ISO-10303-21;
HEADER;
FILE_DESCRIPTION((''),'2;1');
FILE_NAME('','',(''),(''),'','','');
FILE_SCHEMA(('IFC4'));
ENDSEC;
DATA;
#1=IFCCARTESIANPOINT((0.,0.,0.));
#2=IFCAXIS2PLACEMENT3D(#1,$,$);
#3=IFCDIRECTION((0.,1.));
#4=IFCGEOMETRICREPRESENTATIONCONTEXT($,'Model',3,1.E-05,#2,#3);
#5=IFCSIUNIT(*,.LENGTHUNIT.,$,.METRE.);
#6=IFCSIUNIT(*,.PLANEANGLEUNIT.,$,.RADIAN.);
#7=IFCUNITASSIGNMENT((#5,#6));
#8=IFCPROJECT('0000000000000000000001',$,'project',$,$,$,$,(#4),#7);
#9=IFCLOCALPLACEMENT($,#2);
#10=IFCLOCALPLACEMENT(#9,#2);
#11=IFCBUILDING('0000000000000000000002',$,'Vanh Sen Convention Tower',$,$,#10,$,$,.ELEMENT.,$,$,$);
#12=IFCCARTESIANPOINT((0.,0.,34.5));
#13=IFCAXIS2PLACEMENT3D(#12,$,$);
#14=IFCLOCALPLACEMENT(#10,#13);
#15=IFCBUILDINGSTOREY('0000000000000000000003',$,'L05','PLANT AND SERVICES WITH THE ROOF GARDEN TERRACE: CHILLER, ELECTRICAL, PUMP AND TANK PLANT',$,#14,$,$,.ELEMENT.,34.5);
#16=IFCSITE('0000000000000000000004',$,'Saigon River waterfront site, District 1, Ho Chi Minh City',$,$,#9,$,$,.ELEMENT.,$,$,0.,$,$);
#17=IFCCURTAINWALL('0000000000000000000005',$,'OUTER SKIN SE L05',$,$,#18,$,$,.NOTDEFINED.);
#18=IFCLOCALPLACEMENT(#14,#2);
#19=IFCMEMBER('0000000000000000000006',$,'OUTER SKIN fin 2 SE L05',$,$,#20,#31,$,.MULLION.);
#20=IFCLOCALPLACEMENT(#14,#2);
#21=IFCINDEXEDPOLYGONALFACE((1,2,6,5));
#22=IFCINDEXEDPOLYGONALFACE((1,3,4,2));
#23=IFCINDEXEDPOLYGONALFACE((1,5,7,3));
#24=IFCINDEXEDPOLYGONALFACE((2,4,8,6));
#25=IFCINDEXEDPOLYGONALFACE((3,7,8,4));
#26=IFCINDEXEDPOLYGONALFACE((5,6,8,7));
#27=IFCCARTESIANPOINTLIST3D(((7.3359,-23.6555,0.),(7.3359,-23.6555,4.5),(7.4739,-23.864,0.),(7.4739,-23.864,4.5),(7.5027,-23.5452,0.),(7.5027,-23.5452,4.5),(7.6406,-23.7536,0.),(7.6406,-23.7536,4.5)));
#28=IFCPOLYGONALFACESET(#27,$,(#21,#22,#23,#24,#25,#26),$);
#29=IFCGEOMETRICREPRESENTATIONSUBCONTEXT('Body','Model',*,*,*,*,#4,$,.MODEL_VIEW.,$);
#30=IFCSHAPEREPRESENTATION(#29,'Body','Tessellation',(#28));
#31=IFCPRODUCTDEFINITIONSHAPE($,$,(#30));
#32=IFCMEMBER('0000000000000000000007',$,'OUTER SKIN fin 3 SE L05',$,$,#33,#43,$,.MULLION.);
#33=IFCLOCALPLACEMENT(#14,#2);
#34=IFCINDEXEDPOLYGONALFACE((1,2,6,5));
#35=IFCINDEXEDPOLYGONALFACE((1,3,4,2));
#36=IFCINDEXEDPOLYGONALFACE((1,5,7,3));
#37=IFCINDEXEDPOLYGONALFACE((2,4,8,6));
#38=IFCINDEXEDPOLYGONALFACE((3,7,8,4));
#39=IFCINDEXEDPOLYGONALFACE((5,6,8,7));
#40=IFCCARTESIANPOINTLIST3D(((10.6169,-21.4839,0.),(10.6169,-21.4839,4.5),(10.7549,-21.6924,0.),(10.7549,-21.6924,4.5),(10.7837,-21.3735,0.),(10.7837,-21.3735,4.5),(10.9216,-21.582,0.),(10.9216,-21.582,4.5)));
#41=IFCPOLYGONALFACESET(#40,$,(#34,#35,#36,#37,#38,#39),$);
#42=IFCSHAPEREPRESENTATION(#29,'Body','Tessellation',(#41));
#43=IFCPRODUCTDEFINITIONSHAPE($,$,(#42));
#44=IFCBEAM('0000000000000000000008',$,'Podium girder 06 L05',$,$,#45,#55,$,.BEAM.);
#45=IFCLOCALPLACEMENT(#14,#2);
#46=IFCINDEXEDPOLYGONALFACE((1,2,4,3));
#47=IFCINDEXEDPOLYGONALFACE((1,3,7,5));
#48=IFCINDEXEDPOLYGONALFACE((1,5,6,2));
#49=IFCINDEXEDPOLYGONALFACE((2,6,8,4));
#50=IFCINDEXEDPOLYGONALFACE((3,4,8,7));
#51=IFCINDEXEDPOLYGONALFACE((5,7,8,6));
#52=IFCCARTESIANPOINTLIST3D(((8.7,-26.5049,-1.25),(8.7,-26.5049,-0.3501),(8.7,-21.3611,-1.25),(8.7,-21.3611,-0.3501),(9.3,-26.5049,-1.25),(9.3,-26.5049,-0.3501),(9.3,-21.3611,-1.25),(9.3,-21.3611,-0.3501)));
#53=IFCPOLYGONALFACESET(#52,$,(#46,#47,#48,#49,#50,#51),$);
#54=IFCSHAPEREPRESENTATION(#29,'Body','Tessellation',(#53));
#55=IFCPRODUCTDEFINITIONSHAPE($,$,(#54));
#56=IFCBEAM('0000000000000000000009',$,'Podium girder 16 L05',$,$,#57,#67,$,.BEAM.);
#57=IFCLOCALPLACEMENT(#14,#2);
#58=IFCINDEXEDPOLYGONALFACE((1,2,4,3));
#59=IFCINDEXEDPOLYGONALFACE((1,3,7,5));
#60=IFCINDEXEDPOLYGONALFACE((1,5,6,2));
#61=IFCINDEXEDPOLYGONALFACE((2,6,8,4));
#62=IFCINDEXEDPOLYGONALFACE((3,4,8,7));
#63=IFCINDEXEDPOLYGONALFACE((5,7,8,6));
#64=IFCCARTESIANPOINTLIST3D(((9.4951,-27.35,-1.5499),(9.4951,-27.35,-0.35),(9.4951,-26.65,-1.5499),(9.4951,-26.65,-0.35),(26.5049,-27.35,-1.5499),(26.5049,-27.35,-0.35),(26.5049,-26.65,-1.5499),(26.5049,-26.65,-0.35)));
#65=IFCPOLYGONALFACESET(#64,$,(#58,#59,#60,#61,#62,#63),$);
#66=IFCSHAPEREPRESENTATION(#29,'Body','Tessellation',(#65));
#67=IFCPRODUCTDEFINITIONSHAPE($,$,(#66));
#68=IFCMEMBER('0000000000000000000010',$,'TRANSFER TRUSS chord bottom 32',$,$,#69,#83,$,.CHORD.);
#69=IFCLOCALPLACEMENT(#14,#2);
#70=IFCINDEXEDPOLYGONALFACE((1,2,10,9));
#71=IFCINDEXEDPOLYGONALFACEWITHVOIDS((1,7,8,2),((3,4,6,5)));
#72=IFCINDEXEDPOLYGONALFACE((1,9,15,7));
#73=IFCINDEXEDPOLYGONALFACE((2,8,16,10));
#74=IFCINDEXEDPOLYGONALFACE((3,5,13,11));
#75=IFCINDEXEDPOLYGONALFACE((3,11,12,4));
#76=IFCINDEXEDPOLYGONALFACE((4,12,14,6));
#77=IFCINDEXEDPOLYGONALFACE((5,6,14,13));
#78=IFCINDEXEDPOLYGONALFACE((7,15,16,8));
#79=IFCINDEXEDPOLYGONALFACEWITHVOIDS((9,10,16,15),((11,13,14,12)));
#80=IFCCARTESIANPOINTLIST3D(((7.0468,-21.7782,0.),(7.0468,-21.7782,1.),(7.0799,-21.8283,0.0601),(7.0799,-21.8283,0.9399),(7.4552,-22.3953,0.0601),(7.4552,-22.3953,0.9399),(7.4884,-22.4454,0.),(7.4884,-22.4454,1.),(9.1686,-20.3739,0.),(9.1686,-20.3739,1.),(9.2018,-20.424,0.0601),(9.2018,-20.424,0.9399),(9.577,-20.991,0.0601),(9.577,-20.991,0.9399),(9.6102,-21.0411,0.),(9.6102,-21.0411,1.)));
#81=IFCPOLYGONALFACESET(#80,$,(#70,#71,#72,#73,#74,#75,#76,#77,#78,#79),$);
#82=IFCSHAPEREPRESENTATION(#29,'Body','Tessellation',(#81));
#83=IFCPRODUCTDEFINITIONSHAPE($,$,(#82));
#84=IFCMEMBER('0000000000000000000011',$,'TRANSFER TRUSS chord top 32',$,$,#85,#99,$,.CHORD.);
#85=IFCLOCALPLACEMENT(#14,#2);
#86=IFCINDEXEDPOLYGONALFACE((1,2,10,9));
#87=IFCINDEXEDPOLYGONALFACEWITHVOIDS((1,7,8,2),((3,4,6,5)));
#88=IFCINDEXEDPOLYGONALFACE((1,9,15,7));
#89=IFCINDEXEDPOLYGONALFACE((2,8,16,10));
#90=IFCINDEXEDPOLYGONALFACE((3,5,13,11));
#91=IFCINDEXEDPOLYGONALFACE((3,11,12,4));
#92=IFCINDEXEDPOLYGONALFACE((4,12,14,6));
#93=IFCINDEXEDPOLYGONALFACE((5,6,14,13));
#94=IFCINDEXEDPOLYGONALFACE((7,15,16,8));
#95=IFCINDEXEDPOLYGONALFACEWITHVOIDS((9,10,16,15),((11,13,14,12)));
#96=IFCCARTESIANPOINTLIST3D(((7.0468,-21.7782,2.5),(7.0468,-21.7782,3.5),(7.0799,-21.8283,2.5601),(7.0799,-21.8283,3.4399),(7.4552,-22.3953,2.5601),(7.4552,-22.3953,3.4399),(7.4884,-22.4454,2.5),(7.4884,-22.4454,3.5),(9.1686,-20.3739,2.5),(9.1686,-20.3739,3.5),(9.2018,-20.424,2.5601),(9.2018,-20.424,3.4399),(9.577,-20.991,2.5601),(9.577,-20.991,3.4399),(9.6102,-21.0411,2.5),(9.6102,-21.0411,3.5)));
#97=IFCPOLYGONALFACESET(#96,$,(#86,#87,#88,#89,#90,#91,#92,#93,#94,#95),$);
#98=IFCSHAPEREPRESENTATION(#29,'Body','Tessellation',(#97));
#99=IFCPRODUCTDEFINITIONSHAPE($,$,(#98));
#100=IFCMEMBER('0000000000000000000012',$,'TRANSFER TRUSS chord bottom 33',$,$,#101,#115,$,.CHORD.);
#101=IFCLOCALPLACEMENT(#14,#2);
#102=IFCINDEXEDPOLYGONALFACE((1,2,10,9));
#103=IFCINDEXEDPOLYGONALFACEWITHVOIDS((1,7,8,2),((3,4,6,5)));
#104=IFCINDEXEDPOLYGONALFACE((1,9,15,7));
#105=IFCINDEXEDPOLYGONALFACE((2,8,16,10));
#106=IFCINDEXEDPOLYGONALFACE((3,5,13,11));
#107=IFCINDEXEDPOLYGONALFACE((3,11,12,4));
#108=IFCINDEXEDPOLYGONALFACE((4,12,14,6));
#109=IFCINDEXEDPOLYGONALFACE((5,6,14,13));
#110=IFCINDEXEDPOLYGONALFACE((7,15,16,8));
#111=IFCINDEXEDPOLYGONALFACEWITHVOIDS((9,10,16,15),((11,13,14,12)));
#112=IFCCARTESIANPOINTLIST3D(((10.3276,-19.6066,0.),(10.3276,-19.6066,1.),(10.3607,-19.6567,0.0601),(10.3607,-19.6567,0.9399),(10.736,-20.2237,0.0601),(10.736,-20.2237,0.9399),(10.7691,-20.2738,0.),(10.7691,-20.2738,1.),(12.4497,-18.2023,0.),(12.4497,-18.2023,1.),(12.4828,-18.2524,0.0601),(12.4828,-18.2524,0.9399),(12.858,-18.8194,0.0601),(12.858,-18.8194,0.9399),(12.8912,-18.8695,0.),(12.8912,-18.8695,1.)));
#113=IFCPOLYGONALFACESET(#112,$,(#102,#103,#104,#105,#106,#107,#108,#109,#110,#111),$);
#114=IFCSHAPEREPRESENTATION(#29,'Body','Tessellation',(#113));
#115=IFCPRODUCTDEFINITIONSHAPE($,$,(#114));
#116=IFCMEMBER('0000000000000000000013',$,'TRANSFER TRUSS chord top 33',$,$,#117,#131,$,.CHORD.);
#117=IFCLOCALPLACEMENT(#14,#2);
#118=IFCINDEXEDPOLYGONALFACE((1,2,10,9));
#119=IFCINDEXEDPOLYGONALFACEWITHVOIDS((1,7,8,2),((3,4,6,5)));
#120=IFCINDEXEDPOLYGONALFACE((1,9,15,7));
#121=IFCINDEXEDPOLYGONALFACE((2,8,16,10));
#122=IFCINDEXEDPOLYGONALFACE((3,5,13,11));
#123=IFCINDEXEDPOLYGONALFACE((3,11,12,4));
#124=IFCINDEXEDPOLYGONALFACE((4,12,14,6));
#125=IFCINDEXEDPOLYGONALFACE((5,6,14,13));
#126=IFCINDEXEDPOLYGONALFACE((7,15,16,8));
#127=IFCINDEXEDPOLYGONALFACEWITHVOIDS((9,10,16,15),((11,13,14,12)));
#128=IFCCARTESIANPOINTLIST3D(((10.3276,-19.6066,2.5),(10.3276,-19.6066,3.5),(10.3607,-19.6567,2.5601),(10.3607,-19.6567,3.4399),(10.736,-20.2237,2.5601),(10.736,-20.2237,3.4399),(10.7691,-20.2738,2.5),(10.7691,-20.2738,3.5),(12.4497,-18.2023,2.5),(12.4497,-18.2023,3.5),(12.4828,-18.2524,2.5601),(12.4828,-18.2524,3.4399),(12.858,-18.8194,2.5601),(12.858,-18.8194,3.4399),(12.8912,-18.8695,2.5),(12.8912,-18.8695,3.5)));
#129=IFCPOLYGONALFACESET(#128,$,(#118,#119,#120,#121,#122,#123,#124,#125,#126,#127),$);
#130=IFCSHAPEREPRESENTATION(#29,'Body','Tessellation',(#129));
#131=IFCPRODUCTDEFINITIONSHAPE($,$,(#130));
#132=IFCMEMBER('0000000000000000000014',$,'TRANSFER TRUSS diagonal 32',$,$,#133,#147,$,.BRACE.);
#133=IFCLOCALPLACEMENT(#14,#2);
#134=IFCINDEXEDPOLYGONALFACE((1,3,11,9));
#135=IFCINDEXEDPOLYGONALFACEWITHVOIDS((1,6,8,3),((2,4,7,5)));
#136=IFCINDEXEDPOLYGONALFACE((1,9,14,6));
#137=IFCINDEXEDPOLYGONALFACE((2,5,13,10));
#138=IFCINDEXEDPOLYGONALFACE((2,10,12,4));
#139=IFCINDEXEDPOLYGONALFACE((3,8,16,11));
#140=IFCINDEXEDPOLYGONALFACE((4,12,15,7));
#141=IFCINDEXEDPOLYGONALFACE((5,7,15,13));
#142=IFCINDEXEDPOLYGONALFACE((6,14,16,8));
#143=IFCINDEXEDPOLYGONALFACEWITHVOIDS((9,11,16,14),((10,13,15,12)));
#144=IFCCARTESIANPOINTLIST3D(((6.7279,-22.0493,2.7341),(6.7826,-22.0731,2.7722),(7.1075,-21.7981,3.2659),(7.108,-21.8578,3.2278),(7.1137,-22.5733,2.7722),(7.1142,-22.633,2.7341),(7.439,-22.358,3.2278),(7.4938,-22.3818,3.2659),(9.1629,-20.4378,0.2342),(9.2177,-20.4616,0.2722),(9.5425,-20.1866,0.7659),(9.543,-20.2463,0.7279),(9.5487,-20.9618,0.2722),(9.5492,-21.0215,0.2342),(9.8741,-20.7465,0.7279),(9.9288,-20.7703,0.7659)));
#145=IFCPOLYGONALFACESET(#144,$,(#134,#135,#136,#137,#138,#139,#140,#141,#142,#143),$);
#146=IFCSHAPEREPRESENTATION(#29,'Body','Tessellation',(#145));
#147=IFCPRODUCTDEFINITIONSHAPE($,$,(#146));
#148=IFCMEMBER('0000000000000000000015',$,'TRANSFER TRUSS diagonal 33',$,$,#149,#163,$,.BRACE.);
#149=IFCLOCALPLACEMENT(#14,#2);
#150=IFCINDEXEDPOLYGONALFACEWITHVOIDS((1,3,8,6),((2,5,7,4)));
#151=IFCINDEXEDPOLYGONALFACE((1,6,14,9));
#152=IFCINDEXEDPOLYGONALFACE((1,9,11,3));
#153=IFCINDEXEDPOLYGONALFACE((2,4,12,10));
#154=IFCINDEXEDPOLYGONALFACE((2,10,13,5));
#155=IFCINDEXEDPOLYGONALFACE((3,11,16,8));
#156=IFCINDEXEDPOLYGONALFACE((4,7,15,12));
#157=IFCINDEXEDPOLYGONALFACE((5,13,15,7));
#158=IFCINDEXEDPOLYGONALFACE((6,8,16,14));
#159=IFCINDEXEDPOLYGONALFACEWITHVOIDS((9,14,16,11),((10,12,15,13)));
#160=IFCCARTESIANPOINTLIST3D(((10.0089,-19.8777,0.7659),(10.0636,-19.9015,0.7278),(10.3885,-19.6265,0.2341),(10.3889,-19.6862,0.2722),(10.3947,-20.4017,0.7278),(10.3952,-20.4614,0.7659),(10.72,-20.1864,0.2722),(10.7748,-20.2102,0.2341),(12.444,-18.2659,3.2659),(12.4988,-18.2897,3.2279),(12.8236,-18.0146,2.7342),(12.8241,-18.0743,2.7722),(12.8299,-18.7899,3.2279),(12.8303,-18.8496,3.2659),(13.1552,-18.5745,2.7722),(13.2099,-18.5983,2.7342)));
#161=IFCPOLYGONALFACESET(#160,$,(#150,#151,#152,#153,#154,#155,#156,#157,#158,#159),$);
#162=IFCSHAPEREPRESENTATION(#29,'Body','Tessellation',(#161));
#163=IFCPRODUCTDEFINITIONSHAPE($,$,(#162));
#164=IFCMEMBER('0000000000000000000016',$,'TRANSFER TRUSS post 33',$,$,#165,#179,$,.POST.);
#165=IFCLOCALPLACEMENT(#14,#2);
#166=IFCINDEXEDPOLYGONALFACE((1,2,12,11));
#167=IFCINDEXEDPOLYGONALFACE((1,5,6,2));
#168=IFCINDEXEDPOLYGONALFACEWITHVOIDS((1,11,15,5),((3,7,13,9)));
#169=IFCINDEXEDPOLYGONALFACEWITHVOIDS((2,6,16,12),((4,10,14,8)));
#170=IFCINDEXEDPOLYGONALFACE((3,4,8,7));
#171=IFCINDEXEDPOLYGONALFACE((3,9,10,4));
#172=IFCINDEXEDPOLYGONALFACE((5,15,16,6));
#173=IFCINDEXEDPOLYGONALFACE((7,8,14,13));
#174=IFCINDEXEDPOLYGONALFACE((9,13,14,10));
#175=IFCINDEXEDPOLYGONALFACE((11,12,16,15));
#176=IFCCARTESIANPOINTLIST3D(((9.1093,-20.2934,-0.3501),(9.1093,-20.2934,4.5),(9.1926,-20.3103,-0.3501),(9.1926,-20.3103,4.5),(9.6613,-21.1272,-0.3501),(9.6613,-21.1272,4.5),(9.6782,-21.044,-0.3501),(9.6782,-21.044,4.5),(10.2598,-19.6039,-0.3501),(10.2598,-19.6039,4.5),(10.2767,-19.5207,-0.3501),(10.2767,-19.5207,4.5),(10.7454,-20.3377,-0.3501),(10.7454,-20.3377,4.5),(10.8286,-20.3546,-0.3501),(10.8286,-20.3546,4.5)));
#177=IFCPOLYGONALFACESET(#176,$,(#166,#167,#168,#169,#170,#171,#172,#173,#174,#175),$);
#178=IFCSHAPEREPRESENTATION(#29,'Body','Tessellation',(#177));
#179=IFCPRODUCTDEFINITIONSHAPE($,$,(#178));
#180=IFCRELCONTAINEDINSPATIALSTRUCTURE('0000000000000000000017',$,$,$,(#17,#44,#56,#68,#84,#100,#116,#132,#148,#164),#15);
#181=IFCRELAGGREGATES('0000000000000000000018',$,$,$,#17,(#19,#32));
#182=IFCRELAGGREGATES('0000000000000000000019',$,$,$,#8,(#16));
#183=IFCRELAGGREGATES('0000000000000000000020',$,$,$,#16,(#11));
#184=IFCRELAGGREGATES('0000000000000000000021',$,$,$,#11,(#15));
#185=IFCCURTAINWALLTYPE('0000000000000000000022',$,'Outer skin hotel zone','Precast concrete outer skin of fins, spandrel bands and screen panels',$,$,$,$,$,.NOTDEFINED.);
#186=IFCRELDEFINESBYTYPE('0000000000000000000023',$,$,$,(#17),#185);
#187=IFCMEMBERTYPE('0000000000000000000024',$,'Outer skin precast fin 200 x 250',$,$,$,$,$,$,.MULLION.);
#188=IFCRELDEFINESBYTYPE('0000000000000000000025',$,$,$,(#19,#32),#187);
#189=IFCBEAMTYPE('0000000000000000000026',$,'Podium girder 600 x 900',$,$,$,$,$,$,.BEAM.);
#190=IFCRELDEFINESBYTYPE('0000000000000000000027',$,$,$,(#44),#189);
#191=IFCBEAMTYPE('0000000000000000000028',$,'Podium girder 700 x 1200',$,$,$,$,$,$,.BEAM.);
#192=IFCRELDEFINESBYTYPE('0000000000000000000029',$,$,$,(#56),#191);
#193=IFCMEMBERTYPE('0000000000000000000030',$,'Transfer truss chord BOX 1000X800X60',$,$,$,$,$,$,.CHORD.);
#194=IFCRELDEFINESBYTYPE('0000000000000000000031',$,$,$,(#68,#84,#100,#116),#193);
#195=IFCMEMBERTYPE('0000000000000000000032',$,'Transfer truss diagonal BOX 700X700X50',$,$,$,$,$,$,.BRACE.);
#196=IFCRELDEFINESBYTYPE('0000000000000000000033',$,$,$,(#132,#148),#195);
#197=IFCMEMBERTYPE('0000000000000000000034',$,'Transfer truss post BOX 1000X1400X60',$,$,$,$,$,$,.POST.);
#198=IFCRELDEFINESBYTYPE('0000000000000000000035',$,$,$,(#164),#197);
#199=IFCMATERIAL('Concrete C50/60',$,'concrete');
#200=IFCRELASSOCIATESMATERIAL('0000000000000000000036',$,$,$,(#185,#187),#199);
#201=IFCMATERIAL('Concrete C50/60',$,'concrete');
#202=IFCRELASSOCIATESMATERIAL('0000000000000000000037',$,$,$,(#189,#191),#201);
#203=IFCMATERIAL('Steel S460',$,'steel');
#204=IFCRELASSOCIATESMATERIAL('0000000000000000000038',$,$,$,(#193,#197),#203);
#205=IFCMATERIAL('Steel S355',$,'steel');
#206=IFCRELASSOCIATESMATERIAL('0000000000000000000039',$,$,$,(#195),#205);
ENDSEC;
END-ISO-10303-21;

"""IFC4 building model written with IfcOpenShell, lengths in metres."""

from ifc_helpers import new_model, si_unit, direction, frame, origin, origin_2d, place, context, subcontext, project, spatial, rectangle, hollow_rectangle, extrude, material, material_profile, profile_set, type_object, element, aggregate, save


model = new_model("IFC4")

# Units and contexts
model_context = context("Model", 3, precision=1e-05, world=origin(), true_north=direction((0.0, 1.0)))
body_context = subcontext(model_context, "Body", "Model", "MODEL_VIEW")
ifc_project = project(units=[si_unit("LENGTHUNIT", "METRE"), si_unit("PLANEANGLEUNIT", "RADIAN")], contexts=[model_context])

# Site, building, storey
site_placement = place(None, origin())
site = spatial("IfcSite", under=ifc_project, at=site_placement, Name="Saigon River waterfront site, District 1, Ho Chi Minh City", CompositionType="ELEMENT", RefElevation=0.0)
building_placement = place(site_placement, origin())
building = spatial("IfcBuilding", under=site, at=building_placement, Name="Vanh Sen Convention Tower", CompositionType="ELEMENT")
storey_placement = place(building_placement, frame((0.0, 0.0, 34.5)))
storey = spatial("IfcBuildingStorey", under=building, at=storey_placement, Name="L05", Description="PLANT AND SERVICES WITH THE ROOF GARDEN TERRACE: CHILLER, ELECTRICAL, PUMP AND TANK PLANT", CompositionType="ELEMENT", Elevation=34.5)

# Curtain wall, members
ifc_material_1 = material(Name="Concrete C50/60", Category="concrete")
curtain_wall_type = type_object("IfcCurtainWallType", Name="Outer skin hotel zone", Description="Precast concrete outer skin of fins, spandrel bands and screen panels", PredefinedType="NOTDEFINED", material=ifc_material_1)
curtain_wall_placement = place(storey_placement, origin())
curtain_wall = element("IfcCurtainWall", 1, at=curtain_wall_placement, inside=storey, type_object=curtain_wall_type, Name="OUTER SKIN SE L05", PredefinedType="NOTDEFINED")
ifc_material_profile_1 = material_profile(ifc_material_1, rectangle(XDim=0.2, YDim=0.25, at=origin_2d()), Name="Outer skin precast fin 200 x 250")
ifc_profile_set_1 = profile_set([ifc_material_profile_1], Name="Concrete C50/60")
member_type_1 = type_object("IfcMemberType", Name="Outer skin precast fin 200 x 250", PredefinedType="MULLION", material=ifc_profile_set_1)
member_1_placement = place(storey_placement, frame((7.4883, -23.7046, 0.0), z_axis=(0.0, 0.0, 1.0), x_axis=(0.833886, 0.551937, 0.0)))
member_1 = element("IfcMember", 2, at=member_1_placement, type_object=member_type_1, Name="OUTER SKIN fin 2 SE L05", PredefinedType="MULLION", context=body_context, shape_type="SweptSolid", body=[
    extrude(rectangle(XDim=0.2, YDim=0.25, at=origin_2d()), origin(), (0.0, 0.0, 1.0), 4.5),
])
member_2_placement = place(storey_placement, frame((10.7693, -21.533, 0.0), z_axis=(0.0, 0.0, 1.0), x_axis=(0.833886, 0.551937, 0.0)))
member_2 = element("IfcMember", 3, at=member_2_placement, type_object=member_type_1, Name="OUTER SKIN fin 3 SE L05", PredefinedType="MULLION", context=body_context, shape_type="SweptSolid", body=[
    extrude(rectangle(XDim=0.2, YDim=0.25, at=origin_2d()), origin(), (0.0, 0.0, 1.0), 4.5),
])

# Beams
ifc_material_2 = material(Name="Concrete C50/60", Category="concrete")
ifc_material_profile_2 = material_profile(ifc_material_2, rectangle(XDim=0.6001, YDim=0.8999, at=origin_2d()), Name="RC 600X900")
ifc_profile_set_2 = profile_set([ifc_material_profile_2], Name="Concrete C50/60")
beam_type_1 = type_object("IfcBeamType", Name="Podium girder 600 x 900", PredefinedType="BEAM", material=ifc_profile_set_2)
beam_1_placement = place(storey_placement, frame((9.0, -26.5049, -0.8), z_axis=(0.0, 1.0, 0.0), x_axis=(-1.0, 0.0, 0.0)))
element("IfcBeam", 4, at=beam_1_placement, inside=storey, type_object=beam_type_1, Name="Podium girder 06 L05", PredefinedType="BEAM", context=body_context, shape_type="SweptSolid", body=[
    extrude(rectangle(XDim=0.6001, YDim=0.8999, at=origin_2d()), origin(), (0.0, 0.0, 1.0), 5.1438),
])
ifc_material_profile_3 = material_profile(ifc_material_2, rectangle(XDim=0.7, YDim=1.2, at=origin_2d()), Name="RC 700X1200")
ifc_profile_set_3 = profile_set([ifc_material_profile_3], Name="Concrete C50/60")
beam_type_2 = type_object("IfcBeamType", Name="Podium girder 700 x 1200", PredefinedType="BEAM", material=ifc_profile_set_3)
beam_2_placement = place(storey_placement, frame((9.4951, -27.0, -0.95), z_axis=(1.0, 0.0, 0.0), x_axis=(0.0, 1.0, 0.0)))
element("IfcBeam", 5, at=beam_2_placement, inside=storey, type_object=beam_type_2, Name="Podium girder 16 L05", PredefinedType="BEAM", context=body_context, shape_type="SweptSolid", body=[
    extrude(rectangle(XDim=0.7, YDim=1.2, at=origin_2d()), origin(), (0.0, 0.0, 1.0), 17.0098),
])

# Members
ifc_material_3 = material(Name="Steel S460", Category="steel")
ifc_material_profile_4 = material_profile(ifc_material_3, hollow_rectangle(XDim=0.8, YDim=1.0, WallThickness=0.0601, at=origin_2d()), Name="BOX 1000X800X60")
ifc_profile_set_4 = profile_set([ifc_material_profile_4], Name="Steel S460")
member_type_2 = type_object("IfcMemberType", Name="Transfer truss chord BOX 1000X800X60", PredefinedType="CHORD", material=ifc_profile_set_4)
for number, where, z_axis, x_axis, name in (
    (6, (7.2676, -22.1118, 0.5), (0.833906, 0.551907, 0.0), (-0.551907, 0.833906, 0.0), "TRANSFER TRUSS chord bottom 32"),
    (7, (7.2676, -22.1118, 3.0), (0.833906, 0.551907, 0.0), (-0.551907, 0.833906, 0.0), "TRANSFER TRUSS chord top 32"),
):
    element("IfcMember", number, at=place(storey_placement, frame(where, z_axis=z_axis, x_axis=x_axis)), inside=storey, type_object=member_type_2, Name=name, PredefinedType="CHORD", context=body_context, shape_type="SweptSolid", body=[
        extrude(hollow_rectangle(XDim=0.8, YDim=1.0, WallThickness=0.0601, at=origin_2d()), origin(), (0.0, 0.0, 1.0), 2.5444),
    ])
for number, where, z_axis, x_axis, name in (
    (8, (10.5483, -19.9402, 0.5), (0.833935, 0.551863, 0.0), (-0.551863, 0.833935, 0.0), "TRANSFER TRUSS chord bottom 33"),
    (9, (10.5483, -19.9402, 3.0), (0.833935, 0.551863, 0.0), (-0.551863, 0.833935, 0.0), "TRANSFER TRUSS chord top 33"),
):
    element("IfcMember", number, at=place(storey_placement, frame(where, z_axis=z_axis, x_axis=x_axis)), inside=storey, type_object=member_type_2, Name=name, PredefinedType="CHORD", context=body_context, shape_type="SweptSolid", body=[
        extrude(hollow_rectangle(XDim=0.8, YDim=1.0, WallThickness=0.0601, at=origin_2d()), origin(), (0.0, 0.0, 1.0), 2.5447),
    ])
ifc_material_4 = material(Name="Steel S355", Category="steel")
ifc_material_profile_5 = material_profile(ifc_material_4, hollow_rectangle(XDim=0.7, YDim=0.7, WallThickness=0.05, at=origin_2d()), Name="BOX 700X700X50")
ifc_profile_set_5 = profile_set([ifc_material_profile_5], Name="Steel S355")
member_type_3 = type_object("IfcMemberType", Name="Transfer truss diagonal BOX 700X700X50", PredefinedType="BRACE", material=ifc_profile_set_5)
member_3_placement = place(storey_placement, frame((7.1108, -22.2156, 3.0), z_axis=(0.633463, 0.419239, -0.650357), x_axis=(-0.551899, 0.833911, 0.0)))
element("IfcMember", 10, at=member_3_placement, inside=storey, type_object=member_type_3, Name="TRANSFER TRUSS diagonal 32", PredefinedType="BRACE", context=body_context, shape_type="SweptSolid", body=[
    extrude(hollow_rectangle(XDim=0.7, YDim=0.7, WallThickness=0.05, at=origin_2d()), origin(), (0.0, 0.0, 1.0), 3.844),
])
member_4_placement = place(storey_placement, frame((10.3918, -20.0439, 0.5), z_axis=(0.633446, 0.419291, 0.650339), x_axis=(-0.551958, 0.833872, 0.0)))
element("IfcMember", 11, at=member_4_placement, inside=storey, type_object=member_type_3, Name="TRANSFER TRUSS diagonal 33", PredefinedType="BRACE", context=body_context, shape_type="SweptSolid", body=[
    extrude(hollow_rectangle(XDim=0.7, YDim=0.7, WallThickness=0.05, at=origin_2d()), origin(), (0.0, 0.0, 1.0), 3.8442),
])
ifc_material_profile_6 = material_profile(ifc_material_3, hollow_rectangle(XDim=1.3999, YDim=1.0, WallThickness=0.0601, at=origin_2d()), Name="BOX 1000X1400X60")
ifc_profile_set_6 = profile_set([ifc_material_profile_6], Name="Steel S460")
member_type_4 = type_object("IfcMemberType", Name="Transfer truss post BOX 1000X1400X60", PredefinedType="POST", material=ifc_profile_set_6)
member_5_placement = place(storey_placement, frame((9.969, -20.324, -0.3501), z_axis=(0.0, 0.0, 1.0), x_axis=(0.833886, 0.551937, 0.0)))
element("IfcMember", 12, at=member_5_placement, inside=storey, type_object=member_type_4, Name="TRANSFER TRUSS post 33", PredefinedType="POST", context=body_context, shape_type="SweptSolid", body=[
    extrude(hollow_rectangle(XDim=1.3999, YDim=1.0, WallThickness=0.0601, at=origin_2d()), origin(), (0.0, 0.0, 1.0), 4.8501),
])

aggregate(curtain_wall, [member_1, member_2])

save(model, "model.ifc")
